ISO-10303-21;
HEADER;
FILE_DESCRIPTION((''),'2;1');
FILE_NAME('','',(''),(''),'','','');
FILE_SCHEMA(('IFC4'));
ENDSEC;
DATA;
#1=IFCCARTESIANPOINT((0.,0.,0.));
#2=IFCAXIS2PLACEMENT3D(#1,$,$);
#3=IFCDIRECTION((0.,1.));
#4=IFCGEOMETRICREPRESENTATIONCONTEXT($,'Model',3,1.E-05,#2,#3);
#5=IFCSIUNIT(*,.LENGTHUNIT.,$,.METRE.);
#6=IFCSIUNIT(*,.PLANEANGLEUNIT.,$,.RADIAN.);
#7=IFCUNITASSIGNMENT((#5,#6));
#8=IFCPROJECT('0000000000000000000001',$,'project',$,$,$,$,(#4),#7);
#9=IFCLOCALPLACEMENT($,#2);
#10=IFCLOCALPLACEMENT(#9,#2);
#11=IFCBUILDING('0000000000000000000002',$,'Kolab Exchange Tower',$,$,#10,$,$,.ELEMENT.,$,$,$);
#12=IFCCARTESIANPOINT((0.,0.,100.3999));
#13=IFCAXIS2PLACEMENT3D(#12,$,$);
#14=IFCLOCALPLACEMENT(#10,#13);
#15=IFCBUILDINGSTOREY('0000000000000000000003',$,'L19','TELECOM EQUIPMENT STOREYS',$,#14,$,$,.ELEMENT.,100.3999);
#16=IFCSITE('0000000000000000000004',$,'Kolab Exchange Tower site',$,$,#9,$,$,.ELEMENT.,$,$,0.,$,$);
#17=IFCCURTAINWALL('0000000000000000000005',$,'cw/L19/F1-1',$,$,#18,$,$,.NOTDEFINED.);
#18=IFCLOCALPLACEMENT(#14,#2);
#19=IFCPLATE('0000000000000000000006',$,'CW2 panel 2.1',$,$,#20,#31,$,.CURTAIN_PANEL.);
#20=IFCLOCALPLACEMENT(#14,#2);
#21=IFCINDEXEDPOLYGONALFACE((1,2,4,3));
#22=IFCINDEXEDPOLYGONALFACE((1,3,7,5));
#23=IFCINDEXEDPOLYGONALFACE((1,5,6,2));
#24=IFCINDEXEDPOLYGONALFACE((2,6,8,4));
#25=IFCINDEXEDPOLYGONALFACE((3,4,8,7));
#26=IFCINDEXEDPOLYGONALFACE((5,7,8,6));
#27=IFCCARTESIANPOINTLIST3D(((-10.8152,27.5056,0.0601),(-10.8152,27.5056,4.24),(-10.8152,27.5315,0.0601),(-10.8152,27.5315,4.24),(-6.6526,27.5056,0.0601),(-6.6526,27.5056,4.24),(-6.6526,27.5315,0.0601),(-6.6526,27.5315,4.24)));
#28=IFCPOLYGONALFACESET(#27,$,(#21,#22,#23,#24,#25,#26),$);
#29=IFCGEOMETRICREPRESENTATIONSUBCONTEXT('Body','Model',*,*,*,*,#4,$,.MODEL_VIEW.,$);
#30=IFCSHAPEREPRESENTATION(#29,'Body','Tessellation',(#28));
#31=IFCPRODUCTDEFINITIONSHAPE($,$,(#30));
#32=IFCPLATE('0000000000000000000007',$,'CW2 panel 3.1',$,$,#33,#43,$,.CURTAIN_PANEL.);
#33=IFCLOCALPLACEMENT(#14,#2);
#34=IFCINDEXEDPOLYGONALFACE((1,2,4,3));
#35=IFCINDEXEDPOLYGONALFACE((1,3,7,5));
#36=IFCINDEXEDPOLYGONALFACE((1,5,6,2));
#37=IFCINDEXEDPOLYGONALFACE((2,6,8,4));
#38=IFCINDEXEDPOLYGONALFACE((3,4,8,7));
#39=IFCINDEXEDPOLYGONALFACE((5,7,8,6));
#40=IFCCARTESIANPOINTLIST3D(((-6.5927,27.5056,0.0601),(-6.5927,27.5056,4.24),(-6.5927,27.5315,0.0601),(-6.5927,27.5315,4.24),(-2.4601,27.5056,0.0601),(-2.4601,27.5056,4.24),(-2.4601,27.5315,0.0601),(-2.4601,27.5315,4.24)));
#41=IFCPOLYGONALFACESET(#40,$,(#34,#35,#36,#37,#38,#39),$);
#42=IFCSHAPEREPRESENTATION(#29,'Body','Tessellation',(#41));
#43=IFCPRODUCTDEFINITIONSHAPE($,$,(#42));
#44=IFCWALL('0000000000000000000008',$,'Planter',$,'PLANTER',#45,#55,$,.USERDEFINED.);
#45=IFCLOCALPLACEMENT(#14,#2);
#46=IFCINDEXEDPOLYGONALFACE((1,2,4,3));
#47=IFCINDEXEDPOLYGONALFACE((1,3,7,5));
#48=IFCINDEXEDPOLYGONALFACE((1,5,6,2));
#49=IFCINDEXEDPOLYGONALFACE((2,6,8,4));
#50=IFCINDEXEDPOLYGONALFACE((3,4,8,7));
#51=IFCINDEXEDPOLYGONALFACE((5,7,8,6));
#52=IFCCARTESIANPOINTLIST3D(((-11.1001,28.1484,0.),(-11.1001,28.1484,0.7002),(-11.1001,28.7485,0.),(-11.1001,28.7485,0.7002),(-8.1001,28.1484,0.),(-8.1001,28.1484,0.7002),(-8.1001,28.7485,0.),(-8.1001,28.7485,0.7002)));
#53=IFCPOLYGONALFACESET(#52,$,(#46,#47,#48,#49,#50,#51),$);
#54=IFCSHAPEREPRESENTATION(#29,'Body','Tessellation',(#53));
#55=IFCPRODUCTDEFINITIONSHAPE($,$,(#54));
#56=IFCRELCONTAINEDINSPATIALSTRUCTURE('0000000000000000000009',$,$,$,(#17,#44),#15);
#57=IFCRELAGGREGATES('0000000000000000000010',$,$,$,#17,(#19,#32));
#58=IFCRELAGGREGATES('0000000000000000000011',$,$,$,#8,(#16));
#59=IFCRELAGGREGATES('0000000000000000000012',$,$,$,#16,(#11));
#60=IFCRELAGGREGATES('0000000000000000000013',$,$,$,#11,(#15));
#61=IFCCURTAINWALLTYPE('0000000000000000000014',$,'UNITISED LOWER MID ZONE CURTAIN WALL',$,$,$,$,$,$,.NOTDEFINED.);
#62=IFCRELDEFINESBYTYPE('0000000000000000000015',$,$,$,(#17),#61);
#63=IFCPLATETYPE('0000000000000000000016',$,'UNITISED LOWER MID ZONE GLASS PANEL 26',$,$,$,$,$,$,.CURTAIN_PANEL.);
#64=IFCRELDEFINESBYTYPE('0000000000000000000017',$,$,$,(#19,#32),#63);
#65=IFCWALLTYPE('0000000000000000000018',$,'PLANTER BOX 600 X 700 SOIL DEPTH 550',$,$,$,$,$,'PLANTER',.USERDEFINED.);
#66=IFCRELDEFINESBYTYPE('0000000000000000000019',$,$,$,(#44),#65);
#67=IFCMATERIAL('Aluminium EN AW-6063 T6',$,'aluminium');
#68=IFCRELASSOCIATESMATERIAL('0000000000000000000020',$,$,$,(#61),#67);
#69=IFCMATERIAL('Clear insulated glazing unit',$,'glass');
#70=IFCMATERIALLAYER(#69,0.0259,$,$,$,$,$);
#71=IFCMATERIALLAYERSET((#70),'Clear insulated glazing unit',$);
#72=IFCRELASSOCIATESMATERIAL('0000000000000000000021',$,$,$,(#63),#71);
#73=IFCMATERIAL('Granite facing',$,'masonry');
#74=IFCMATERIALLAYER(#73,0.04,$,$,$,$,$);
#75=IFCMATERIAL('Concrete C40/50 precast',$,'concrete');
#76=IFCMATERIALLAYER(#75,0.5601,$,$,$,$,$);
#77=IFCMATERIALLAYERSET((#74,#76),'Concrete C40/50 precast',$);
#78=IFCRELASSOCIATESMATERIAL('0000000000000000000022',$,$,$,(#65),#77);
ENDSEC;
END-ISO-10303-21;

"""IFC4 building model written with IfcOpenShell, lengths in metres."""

from ifc_helpers import new_model, si_unit, direction, frame, frame_2d, origin, origin_2d, place, context, subcontext, project, spatial, rectangle, extrude, material, layer, layer_set, type_object, element, aggregate, save


model = new_model("IFC4")

# Units and contexts
model_context = context("Model", 3, precision=1e-05, world=origin(), true_north=direction((0.0, 1.0)))
body_context = subcontext(model_context, "Body", "Model", "MODEL_VIEW")
ifc_project = project(units=[si_unit("LENGTHUNIT", "METRE"), si_unit("PLANEANGLEUNIT", "RADIAN")], contexts=[model_context])

# Site, building, storey
site_placement = place(None, origin())
site = spatial("IfcSite", under=ifc_project, at=site_placement, Name="Kolab Exchange Tower site", CompositionType="ELEMENT", RefElevation=0.0)
building_placement = place(site_placement, origin())
building = spatial("IfcBuilding", under=site, at=building_placement, Name="Kolab Exchange Tower", CompositionType="ELEMENT")
storey_placement = place(building_placement, frame((0.0, 0.0, 100.3999)))
storey = spatial("IfcBuildingStorey", under=building, at=storey_placement, Name="L19", Description="TELECOM EQUIPMENT STOREYS", CompositionType="ELEMENT", Elevation=100.3999)

# Curtain wall, plates
ifc_material_1 = material(Name="Aluminium EN AW-6063 T6", Category="aluminium")
curtain_wall_type = type_object("IfcCurtainWallType", Name="UNITISED LOWER MID ZONE CURTAIN WALL", PredefinedType="NOTDEFINED", material=ifc_material_1)
curtain_wall_placement = place(storey_placement, origin())
curtain_wall = element("IfcCurtainWall", 1, at=curtain_wall_placement, inside=storey, type_object=curtain_wall_type, Name="cw/L19/F1-1", PredefinedType="NOTDEFINED")
ifc_material_2 = material(Name="Clear insulated glazing unit", Category="glass")
ifc_layer_1 = layer(ifc_material_2, 0.0259)
ifc_layer_set_1 = layer_set([ifc_layer_1], Name="Clear insulated glazing unit")
plate_type = type_object("IfcPlateType", Name="UNITISED LOWER MID ZONE GLASS PANEL 26", PredefinedType="CURTAIN_PANEL", material=ifc_layer_set_1)
plate_1_placement = place(storey_placement, frame((-8.7339, 27.5186, 0.0601), z_axis=(0.0, 0.0, 1.0), x_axis=(1.0, 0.0, 0.0)))
plate_1 = element("IfcPlate", 2, at=plate_1_placement, type_object=plate_type, Name="CW2 panel 2.1", PredefinedType="CURTAIN_PANEL", context=body_context, shape_type="SweptSolid", body=[
    extrude(rectangle(XDim=4.1626, YDim=0.0259, at=origin_2d()), origin(), (0.0, 0.0, 1.0), 4.1799),
])
plate_2_placement = place(storey_placement, frame((-4.5264, 27.5186, 0.0601), z_axis=(0.0, 0.0, 1.0), x_axis=(1.0, 0.0, 0.0)))
plate_2 = element("IfcPlate", 3, at=plate_2_placement, type_object=plate_type, Name="CW2 panel 3.1", PredefinedType="CURTAIN_PANEL", context=body_context, shape_type="SweptSolid", body=[
    extrude(rectangle(XDim=4.1326, YDim=0.0259, at=origin_2d()), origin(), (0.0, 0.0, 1.0), 4.1799),
])
aggregate(curtain_wall, [plate_1, plate_2])

# Wall
ifc_material_3 = material(Name="Granite facing", Category="masonry")
ifc_layer_2 = layer(ifc_material_3, 0.04)
ifc_material_4 = material(Name="Concrete C40/50 precast", Category="concrete")
ifc_layer_3 = layer(ifc_material_4, 0.5601)
ifc_layer_set_2 = layer_set([ifc_layer_2, ifc_layer_3], Name="Concrete C40/50 precast")
wall_type_1 = type_object("IfcWallType", Name="PLANTER BOX 600 X 700 SOIL DEPTH 550", ElementType="PLANTER", PredefinedType="USERDEFINED", material=ifc_layer_set_2)
wall_1_placement = place(storey_placement, frame((-11.1001, 28.4485, 0.0), z_axis=(0.0, 0.0, 1.0), x_axis=(1.0, 0.0, 0.0)))
element("IfcWall", 4, at=wall_1_placement, inside=storey, type_object=wall_type_1, Name="Planter", ObjectType="PLANTER", PredefinedType="USERDEFINED", context=body_context, shape_type="SweptSolid", body=[
    extrude(rectangle(XDim=3.0, YDim=0.6001, at=frame_2d((1.5, 0.0))), origin(), (0.0, 0.0, 1.0), 0.7002),
])

save(model, "model.ifc")
